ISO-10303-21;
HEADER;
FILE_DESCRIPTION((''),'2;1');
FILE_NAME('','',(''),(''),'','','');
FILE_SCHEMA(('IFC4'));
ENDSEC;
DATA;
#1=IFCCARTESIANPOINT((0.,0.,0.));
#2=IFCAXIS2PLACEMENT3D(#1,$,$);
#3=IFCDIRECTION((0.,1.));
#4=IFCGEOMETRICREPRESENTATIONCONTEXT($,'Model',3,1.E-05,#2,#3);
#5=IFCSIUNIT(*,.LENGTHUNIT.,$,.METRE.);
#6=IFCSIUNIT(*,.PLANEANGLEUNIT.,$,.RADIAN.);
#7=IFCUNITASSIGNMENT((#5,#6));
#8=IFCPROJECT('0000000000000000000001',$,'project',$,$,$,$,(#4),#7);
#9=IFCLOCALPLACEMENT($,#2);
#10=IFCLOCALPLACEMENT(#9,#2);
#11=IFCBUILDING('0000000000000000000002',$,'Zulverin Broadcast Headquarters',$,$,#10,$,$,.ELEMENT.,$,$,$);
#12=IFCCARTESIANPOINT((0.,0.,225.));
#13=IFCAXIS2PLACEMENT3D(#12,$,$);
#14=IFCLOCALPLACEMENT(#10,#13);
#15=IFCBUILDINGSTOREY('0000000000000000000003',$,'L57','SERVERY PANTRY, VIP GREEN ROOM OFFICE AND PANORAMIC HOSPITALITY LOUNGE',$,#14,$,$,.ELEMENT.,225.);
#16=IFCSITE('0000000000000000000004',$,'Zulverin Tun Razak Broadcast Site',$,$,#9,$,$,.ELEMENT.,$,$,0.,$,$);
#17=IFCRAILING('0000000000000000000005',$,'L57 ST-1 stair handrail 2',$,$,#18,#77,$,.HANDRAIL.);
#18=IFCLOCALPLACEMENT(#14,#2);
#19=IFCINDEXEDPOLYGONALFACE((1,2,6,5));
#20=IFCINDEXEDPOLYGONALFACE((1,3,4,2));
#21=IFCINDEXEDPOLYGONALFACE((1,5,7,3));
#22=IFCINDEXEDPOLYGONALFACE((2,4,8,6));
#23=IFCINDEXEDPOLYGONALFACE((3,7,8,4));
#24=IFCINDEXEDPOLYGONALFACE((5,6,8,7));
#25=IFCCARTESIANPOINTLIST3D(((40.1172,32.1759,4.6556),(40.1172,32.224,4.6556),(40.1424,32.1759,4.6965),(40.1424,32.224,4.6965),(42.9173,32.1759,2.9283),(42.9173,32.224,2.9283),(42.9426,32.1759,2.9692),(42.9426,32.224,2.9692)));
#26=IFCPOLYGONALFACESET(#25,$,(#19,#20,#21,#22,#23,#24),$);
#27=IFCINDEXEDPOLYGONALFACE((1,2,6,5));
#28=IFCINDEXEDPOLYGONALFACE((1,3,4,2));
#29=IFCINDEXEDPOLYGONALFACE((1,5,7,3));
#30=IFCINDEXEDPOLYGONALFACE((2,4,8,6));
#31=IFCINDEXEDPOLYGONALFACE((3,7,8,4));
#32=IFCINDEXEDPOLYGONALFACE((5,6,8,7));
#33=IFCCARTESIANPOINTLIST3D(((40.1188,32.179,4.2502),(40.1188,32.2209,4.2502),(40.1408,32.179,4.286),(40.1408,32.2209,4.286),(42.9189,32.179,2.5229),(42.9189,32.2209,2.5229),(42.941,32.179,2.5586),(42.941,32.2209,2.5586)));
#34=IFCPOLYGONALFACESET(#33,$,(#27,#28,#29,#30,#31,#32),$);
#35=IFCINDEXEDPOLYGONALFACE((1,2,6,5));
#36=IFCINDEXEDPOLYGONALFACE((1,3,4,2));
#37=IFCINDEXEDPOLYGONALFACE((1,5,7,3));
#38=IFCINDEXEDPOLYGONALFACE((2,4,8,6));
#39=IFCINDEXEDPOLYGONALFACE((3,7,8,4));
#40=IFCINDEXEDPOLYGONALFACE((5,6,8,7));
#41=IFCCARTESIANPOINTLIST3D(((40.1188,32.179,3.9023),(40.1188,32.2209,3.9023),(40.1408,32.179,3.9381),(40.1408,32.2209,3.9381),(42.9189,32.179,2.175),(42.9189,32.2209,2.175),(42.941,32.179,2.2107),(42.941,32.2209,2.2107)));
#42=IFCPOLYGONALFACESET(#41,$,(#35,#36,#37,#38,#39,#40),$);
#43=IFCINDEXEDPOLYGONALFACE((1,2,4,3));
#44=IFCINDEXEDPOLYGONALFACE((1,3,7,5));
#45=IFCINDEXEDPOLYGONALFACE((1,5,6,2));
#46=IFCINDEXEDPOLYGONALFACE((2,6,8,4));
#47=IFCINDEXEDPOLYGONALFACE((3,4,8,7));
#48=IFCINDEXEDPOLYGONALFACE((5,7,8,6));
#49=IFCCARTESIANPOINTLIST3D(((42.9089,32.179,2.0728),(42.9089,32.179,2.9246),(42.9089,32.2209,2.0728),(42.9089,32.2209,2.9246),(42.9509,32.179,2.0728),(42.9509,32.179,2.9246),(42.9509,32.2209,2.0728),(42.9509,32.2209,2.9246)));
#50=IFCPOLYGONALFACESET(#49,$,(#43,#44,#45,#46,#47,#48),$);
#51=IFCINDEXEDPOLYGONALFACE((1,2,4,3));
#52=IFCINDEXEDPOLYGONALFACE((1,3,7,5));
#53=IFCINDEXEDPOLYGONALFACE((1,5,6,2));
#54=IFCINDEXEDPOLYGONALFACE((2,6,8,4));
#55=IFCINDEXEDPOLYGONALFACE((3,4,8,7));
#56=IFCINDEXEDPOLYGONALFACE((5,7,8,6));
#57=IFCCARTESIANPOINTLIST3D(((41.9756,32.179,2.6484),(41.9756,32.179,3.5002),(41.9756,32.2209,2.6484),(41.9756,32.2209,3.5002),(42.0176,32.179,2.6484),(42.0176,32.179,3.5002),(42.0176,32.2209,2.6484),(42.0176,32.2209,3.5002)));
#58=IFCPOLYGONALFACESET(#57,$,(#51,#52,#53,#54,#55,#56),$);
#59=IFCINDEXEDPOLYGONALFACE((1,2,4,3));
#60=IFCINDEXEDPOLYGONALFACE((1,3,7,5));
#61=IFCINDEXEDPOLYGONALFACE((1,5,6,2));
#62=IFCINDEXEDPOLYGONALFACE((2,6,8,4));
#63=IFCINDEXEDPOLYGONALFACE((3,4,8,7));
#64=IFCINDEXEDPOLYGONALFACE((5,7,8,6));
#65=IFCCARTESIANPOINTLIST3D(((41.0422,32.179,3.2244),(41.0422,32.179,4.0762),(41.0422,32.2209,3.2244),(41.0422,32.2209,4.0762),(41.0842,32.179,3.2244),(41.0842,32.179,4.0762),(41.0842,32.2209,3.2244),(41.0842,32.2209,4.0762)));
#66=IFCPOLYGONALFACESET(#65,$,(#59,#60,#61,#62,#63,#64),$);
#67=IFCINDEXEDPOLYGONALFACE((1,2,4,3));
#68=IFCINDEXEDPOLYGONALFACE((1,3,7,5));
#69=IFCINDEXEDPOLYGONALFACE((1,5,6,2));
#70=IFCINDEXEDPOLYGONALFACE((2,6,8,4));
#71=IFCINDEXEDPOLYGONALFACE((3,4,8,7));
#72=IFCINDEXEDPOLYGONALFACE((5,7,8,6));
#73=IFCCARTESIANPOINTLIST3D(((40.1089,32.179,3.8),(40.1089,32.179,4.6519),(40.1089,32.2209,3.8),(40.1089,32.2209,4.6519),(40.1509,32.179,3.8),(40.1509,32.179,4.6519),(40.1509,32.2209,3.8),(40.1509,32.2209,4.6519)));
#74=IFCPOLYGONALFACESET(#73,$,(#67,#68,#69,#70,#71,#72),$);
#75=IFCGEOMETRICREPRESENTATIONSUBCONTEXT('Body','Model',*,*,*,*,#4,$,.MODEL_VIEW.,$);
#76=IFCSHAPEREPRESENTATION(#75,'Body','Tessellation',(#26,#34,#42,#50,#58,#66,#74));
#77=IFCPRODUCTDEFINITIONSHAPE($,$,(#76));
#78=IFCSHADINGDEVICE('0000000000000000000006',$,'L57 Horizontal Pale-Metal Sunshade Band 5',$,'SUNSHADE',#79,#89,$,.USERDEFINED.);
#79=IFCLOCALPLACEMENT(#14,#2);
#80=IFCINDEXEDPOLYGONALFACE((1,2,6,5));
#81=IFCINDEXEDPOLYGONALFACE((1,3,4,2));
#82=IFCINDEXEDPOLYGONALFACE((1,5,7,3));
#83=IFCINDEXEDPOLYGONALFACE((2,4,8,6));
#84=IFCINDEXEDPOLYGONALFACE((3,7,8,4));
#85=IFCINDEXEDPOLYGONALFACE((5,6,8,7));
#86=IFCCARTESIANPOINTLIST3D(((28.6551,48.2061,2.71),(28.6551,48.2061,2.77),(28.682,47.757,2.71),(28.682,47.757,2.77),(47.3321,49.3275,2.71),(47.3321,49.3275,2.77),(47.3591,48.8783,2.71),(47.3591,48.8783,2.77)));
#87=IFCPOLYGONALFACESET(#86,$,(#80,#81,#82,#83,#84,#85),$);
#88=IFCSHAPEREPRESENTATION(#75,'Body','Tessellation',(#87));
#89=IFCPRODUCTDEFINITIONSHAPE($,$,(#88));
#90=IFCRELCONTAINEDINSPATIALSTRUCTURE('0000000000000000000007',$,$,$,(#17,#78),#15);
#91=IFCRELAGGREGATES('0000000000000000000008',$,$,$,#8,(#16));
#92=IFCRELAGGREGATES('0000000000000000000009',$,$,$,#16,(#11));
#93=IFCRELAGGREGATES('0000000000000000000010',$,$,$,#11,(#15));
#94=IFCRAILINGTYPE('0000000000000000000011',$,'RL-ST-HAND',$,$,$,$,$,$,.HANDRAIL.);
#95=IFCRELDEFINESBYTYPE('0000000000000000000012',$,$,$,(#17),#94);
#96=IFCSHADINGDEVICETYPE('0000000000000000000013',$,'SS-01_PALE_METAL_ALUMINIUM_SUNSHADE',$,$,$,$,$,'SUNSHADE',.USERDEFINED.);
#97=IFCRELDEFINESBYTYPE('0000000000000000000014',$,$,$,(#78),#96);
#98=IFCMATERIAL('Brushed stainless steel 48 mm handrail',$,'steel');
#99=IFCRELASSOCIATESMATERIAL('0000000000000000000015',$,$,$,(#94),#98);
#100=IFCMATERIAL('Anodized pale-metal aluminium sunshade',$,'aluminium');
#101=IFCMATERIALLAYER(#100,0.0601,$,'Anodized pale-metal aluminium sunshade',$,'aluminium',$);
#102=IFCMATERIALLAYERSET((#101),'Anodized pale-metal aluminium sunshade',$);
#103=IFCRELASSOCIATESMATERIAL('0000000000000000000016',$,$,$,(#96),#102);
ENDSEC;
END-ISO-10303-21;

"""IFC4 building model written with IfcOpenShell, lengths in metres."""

from ifc_helpers import new_model, si_unit, direction, frame, origin, origin_2d, place, context, subcontext, project, spatial, rectangle, extrude, material, layer, layer_set, type_object, element, save


model = new_model("IFC4")

# Units and contexts
model_context = context("Model", 3, precision=1e-05, world=origin(), true_north=direction((0.0, 1.0)))
body_context = subcontext(model_context, "Body", "Model", "MODEL_VIEW")
ifc_project = project(units=[si_unit("LENGTHUNIT", "METRE"), si_unit("PLANEANGLEUNIT", "RADIAN")], contexts=[model_context])

# Site, building, storey
site_placement = place(None, origin())
site = spatial("IfcSite", under=ifc_project, at=site_placement, Name="Zulverin Tun Razak Broadcast Site", CompositionType="ELEMENT", RefElevation=0.0)
building_placement = place(site_placement, origin())
building = spatial("IfcBuilding", under=site, at=building_placement, Name="Zulverin Broadcast Headquarters", CompositionType="ELEMENT")
storey_placement = place(building_placement, frame((0.0, 0.0, 225.0)))
storey = spatial("IfcBuildingStorey", under=building, at=storey_placement, Name="L57", Description="SERVERY PANTRY, VIP GREEN ROOM OFFICE AND PANORAMIC HOSPITALITY LOUNGE", CompositionType="ELEMENT", Elevation=225.0)

# Railing
ifc_material_1 = material(Name="Brushed stainless steel 48 mm handrail", Category="steel")
railing_type_1 = type_object("IfcRailingType", Name="RL-ST-HAND", PredefinedType="HANDRAIL", material=ifc_material_1)
railing_1_placement = place(storey_placement, frame((42.9299, 32.2, 2.0728)))
element("IfcRailing", 1, at=railing_1_placement, inside=storey, type_object=railing_type_1, Name="L57 ST-1 stair handrail 2", PredefinedType="HANDRAIL", context=body_context, shape_type="SweptSolid", body=[
    extrude(rectangle(XDim=0.0481, YDim=0.0481, at=origin_2d()), frame((0.0, 0.0, 0.876), z_axis=(-0.85109, 0.0, 0.52502), x_axis=(0.0, -1.0, 0.0)), (0.0, 0.0, 1.0), 3.29),
    extrude(rectangle(XDim=0.042, YDim=0.042, at=origin_2d()), frame((0.0, 0.0, 0.468), z_axis=(-0.85109, 0.0, 0.52502), x_axis=(0.0, -1.0, 0.0)), (0.0, 0.0, 1.0), 3.29),
    extrude(rectangle(XDim=0.042, YDim=0.042, at=origin_2d()), frame((0.0, 0.0, 0.1201), z_axis=(-0.85109, 0.0, 0.52502), x_axis=(0.0, -1.0, 0.0)), (0.0, 0.0, 1.0), 3.29),
    extrude(rectangle(XDim=0.042, YDim=0.042, at=origin_2d()), origin(), (0.0, 0.0, 1.0), 0.8518),
    extrude(rectangle(XDim=0.042, YDim=0.042, at=origin_2d()), frame((-0.9333, 0.0, 0.5757)), (0.0, 0.0, 1.0), 0.8518),
    extrude(rectangle(XDim=0.042, YDim=0.042, at=origin_2d()), frame((-1.8667, 0.0, 1.1516)), (0.0, 0.0, 1.0), 0.8518),
    extrude(rectangle(XDim=0.042, YDim=0.042, at=origin_2d()), frame((-2.8, 0.0, 1.7273)), (0.0, 0.0, 1.0), 0.8518),
])

# Shading device
ifc_material_2 = material(Name="Anodized pale-metal aluminium sunshade", Category="aluminium")
ifc_layer_1 = layer(ifc_material_2, 0.0601, Name="Anodized pale-metal aluminium sunshade", Category="aluminium")
ifc_layer_set_1 = layer_set([ifc_layer_1], Name="Anodized pale-metal aluminium sunshade")
shading_device_type = type_object("IfcShadingDeviceType", Name="SS-01_PALE_METAL_ALUMINIUM_SUNSHADE", ElementType="SUNSHADE", PredefinedType="USERDEFINED", material=ifc_layer_set_1)
shading_device_placement = place(storey_placement, frame((38.0071, 48.5422, 2.71), z_axis=(0.0, 0.0, 1.0), x_axis=(-0.998203, -0.05993, 0.0)))
element("IfcShadingDevice", 2, at=shading_device_placement, inside=storey, type_object=shading_device_type, Name="L57 Horizontal Pale-Metal Sunshade Band 5", ObjectType="SUNSHADE", PredefinedType="USERDEFINED", context=body_context, shape_type="SweptSolid", body=[
    extrude(rectangle(XDim=18.7107, YDim=0.45, at=origin_2d()), origin(), (0.0, 0.0, 1.0), 0.0601),
])

save(model, "model.ifc")
